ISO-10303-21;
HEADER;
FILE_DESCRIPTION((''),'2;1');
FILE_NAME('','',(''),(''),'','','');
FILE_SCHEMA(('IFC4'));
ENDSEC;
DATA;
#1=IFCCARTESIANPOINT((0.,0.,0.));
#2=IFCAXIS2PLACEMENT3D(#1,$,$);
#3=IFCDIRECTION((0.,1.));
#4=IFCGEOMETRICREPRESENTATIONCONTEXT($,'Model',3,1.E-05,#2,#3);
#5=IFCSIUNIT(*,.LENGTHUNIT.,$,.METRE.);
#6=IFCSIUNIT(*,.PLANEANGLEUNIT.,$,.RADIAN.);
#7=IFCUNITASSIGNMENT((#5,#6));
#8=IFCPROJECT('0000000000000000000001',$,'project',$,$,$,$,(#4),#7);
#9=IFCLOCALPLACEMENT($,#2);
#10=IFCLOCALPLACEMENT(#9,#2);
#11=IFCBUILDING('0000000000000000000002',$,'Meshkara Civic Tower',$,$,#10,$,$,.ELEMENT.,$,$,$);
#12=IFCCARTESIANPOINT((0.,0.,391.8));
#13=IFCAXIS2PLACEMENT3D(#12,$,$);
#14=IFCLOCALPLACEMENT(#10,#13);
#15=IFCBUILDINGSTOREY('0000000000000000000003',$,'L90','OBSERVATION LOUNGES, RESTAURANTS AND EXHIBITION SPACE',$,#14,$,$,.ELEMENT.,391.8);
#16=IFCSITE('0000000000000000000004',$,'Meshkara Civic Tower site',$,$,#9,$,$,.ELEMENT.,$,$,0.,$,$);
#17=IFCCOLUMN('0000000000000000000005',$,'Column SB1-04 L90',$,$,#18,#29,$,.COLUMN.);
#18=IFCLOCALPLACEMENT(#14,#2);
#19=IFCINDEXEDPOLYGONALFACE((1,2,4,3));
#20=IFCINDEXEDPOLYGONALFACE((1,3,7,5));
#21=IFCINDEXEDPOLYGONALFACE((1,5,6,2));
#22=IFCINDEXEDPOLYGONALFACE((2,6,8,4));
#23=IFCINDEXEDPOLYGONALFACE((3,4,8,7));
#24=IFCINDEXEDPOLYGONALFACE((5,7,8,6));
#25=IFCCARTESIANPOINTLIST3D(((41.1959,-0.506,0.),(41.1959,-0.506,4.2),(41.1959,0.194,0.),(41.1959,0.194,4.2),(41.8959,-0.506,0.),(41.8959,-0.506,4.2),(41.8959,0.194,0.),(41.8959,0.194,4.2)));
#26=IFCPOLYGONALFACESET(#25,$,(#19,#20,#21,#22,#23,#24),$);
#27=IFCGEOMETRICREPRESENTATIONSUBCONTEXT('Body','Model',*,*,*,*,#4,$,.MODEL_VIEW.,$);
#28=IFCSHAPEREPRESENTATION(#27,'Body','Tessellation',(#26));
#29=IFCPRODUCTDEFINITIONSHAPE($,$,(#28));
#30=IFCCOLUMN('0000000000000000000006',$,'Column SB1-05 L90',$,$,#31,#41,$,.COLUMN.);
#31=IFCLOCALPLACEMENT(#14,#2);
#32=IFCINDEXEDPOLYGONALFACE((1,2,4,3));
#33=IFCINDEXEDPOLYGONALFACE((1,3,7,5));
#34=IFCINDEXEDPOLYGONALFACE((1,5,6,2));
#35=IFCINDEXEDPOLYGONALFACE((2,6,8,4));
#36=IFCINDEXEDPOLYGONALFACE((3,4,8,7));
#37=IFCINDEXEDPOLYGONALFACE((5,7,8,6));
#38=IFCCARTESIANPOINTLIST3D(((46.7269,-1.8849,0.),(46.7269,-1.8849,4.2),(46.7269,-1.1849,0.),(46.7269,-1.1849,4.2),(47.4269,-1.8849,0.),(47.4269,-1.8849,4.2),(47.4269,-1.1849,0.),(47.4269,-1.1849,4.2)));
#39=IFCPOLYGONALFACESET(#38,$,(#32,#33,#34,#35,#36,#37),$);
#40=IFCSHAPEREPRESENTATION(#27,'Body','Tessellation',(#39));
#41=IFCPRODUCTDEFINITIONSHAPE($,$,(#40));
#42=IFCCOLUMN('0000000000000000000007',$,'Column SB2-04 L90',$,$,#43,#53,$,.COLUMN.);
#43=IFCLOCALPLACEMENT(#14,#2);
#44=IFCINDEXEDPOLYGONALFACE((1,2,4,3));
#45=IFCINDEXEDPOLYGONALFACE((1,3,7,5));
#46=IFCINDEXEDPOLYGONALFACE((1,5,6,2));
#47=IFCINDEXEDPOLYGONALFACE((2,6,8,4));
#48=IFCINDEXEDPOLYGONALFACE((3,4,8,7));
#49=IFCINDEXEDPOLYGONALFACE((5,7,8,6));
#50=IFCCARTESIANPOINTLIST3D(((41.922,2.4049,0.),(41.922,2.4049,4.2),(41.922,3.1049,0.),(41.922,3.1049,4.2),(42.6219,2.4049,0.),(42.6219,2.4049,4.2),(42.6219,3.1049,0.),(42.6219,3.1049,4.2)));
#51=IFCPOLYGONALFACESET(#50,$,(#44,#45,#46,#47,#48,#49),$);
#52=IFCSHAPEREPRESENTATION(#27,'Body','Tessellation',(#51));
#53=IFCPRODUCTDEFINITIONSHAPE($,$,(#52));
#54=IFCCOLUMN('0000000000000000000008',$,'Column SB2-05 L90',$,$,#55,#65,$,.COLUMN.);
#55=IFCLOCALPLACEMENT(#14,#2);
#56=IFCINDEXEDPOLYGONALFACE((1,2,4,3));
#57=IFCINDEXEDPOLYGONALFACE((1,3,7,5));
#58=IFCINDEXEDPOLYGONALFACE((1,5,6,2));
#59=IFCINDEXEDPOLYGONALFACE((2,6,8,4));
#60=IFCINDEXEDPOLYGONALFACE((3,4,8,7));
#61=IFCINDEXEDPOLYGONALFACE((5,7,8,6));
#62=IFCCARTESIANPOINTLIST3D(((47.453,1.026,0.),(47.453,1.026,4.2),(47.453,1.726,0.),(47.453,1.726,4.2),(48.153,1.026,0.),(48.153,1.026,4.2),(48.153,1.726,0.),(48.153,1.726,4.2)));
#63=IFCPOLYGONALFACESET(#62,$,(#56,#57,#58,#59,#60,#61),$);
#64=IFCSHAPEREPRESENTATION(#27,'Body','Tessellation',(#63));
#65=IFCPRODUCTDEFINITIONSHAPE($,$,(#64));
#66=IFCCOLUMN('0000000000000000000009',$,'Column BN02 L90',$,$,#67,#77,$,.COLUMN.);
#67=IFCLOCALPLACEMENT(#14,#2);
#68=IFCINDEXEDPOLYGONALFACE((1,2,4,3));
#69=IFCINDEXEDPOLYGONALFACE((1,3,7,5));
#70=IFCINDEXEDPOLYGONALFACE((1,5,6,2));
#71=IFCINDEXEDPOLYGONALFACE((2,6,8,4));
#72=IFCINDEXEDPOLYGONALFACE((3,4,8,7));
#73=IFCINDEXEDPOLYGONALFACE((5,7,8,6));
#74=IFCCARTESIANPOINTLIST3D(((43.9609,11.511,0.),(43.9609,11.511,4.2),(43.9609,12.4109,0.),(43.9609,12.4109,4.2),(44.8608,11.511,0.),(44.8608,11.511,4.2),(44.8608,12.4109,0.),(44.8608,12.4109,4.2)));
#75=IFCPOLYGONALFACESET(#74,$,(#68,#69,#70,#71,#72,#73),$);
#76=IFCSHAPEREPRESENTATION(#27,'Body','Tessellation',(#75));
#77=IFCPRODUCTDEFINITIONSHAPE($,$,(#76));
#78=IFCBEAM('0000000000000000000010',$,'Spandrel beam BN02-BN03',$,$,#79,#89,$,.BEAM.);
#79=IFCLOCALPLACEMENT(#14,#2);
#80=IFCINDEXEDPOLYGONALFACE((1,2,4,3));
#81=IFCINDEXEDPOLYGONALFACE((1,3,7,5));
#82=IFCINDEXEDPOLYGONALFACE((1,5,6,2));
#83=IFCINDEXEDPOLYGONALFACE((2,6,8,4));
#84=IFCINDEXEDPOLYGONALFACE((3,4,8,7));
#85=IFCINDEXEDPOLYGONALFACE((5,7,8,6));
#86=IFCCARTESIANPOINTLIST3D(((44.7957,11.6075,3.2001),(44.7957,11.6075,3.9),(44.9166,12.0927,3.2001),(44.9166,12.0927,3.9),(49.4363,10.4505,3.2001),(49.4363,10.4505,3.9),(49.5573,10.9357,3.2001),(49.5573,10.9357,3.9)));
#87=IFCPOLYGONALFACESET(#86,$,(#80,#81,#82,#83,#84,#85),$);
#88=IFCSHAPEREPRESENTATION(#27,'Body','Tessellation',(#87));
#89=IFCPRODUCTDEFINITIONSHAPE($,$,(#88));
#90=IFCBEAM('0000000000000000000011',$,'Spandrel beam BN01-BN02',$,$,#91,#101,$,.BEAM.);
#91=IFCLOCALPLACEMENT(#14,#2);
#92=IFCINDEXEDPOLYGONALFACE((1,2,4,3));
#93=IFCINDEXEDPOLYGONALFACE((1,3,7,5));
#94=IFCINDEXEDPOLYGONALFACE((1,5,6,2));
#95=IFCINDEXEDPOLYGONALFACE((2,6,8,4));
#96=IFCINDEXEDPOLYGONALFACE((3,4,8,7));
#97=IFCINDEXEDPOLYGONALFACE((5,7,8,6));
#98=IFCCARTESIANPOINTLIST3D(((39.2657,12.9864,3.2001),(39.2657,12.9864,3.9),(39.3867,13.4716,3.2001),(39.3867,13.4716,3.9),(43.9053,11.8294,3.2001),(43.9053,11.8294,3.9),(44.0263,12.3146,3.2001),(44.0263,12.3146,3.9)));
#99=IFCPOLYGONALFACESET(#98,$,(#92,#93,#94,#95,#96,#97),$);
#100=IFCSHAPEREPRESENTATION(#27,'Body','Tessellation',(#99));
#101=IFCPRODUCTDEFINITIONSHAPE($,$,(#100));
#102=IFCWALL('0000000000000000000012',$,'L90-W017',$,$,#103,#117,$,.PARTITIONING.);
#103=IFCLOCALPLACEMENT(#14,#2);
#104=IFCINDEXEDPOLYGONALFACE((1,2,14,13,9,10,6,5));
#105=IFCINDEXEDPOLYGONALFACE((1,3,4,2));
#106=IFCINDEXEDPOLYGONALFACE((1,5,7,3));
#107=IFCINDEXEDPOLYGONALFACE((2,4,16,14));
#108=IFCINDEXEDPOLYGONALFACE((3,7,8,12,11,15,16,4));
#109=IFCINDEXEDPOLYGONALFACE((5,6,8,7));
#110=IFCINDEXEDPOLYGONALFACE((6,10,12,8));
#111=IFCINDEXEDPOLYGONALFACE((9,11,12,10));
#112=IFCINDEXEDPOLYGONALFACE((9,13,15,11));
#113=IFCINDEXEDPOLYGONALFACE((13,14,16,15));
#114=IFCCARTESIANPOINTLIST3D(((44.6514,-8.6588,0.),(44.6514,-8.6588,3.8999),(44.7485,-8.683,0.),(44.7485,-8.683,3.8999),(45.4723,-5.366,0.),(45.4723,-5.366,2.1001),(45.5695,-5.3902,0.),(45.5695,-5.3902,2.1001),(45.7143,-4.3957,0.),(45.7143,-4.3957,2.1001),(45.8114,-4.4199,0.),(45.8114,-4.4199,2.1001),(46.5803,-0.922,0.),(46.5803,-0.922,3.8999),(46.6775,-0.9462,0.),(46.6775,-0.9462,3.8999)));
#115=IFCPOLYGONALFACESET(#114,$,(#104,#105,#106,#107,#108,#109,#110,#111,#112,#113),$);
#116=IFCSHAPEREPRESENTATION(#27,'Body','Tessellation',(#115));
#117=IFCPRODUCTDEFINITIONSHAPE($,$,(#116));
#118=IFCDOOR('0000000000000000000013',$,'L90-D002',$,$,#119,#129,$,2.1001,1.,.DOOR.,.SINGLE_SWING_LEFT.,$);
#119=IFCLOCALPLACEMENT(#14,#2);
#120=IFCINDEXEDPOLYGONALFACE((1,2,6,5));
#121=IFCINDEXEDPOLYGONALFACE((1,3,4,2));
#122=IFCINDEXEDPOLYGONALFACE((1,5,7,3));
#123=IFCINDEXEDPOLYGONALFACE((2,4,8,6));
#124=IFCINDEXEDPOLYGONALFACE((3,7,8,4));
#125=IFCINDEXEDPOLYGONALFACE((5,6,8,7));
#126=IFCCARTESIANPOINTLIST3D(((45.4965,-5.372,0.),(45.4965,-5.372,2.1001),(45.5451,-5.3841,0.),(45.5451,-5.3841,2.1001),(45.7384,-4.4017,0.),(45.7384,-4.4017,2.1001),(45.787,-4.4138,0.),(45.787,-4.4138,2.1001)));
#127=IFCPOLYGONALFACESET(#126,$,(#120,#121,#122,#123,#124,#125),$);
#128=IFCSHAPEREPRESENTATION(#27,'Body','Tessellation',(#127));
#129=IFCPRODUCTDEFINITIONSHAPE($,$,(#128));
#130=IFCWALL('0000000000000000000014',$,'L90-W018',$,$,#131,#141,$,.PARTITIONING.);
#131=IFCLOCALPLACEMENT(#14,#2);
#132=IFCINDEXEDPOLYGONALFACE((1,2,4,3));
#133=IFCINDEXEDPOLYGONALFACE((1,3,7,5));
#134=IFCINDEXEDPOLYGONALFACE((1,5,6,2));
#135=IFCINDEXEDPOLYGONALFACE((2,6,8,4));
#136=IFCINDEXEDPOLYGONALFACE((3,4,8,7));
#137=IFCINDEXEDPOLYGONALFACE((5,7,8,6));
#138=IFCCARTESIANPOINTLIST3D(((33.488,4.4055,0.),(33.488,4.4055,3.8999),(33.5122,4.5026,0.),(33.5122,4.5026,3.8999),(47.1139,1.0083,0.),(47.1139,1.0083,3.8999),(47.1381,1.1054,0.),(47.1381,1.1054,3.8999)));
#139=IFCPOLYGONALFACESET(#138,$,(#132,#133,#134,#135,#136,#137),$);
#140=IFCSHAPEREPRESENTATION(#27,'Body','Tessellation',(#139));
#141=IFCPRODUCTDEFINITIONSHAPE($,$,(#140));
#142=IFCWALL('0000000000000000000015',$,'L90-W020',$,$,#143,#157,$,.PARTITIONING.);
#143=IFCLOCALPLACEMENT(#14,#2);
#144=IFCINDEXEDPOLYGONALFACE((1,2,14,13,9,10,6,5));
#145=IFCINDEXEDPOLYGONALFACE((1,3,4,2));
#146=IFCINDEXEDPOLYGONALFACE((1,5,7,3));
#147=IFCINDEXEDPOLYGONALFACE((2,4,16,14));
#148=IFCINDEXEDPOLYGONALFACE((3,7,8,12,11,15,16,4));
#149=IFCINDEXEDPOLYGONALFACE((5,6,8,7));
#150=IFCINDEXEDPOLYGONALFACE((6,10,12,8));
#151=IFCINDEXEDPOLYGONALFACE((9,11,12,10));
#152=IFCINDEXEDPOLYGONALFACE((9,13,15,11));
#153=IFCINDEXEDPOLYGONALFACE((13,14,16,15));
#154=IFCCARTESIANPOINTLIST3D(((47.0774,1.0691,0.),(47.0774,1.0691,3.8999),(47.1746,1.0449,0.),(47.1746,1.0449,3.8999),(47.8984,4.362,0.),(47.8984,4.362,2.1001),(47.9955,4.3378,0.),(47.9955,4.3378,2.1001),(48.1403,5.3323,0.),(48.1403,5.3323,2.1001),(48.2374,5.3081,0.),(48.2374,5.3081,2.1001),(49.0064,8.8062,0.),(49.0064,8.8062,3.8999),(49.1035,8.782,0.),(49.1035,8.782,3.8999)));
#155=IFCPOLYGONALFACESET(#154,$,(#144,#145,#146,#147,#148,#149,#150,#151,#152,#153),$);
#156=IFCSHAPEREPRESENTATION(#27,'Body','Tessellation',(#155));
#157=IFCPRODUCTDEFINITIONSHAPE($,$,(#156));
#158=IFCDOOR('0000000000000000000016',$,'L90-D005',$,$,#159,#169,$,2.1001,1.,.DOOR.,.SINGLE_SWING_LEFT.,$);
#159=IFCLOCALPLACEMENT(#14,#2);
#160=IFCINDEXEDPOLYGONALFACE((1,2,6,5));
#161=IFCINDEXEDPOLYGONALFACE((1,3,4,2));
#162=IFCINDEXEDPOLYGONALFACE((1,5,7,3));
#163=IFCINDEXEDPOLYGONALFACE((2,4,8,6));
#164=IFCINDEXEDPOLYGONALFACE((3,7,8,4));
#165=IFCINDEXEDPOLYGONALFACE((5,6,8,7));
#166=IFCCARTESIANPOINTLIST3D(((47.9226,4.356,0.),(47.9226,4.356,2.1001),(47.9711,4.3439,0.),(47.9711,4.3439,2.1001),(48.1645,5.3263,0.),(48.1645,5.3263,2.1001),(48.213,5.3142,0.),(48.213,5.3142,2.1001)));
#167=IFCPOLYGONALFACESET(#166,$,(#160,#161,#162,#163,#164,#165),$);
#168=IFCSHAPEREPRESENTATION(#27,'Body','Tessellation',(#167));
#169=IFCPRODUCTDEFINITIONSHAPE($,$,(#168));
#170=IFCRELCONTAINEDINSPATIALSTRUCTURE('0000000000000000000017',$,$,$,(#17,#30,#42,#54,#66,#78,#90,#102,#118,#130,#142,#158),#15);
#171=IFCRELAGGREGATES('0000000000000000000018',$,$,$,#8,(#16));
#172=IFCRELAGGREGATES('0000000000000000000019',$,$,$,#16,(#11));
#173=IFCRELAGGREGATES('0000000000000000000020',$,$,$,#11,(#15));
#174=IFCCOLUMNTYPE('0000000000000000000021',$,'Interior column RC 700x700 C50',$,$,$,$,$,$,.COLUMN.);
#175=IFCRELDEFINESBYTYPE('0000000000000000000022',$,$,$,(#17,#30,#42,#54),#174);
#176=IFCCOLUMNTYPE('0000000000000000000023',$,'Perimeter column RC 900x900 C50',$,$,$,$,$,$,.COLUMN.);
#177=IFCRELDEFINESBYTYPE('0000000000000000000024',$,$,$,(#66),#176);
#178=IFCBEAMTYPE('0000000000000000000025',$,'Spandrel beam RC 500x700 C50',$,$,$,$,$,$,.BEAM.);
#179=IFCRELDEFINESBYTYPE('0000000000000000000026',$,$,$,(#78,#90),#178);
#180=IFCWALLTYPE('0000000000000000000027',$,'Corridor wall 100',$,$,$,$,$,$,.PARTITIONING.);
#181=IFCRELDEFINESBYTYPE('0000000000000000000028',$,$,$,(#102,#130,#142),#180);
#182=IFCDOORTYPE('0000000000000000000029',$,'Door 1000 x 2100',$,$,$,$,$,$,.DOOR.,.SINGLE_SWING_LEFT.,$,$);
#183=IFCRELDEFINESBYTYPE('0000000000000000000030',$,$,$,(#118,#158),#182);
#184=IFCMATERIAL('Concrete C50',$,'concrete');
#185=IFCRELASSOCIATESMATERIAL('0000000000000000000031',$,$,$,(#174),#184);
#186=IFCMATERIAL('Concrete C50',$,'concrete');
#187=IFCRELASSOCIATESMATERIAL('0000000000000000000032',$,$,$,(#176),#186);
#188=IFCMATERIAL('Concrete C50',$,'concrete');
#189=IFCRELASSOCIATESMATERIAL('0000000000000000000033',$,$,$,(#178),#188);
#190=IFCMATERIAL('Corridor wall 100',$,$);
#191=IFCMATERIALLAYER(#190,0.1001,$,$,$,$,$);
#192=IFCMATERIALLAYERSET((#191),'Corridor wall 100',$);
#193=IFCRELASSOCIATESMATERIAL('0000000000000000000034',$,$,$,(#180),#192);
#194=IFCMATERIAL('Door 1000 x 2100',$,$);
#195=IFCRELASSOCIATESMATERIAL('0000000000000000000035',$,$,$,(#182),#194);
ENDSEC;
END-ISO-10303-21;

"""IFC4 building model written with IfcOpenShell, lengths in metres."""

from ifc_helpers import new_model, si_unit, direction, frame, frame_2d, origin, origin_2d, place, context, subcontext, project, spatial, rectangle, extrude, material, layer, layer_set, material_profile, profile_set, type_object, element, fill, save


model = new_model("IFC4")

# Units and contexts
model_context = context("Model", 3, precision=1e-05, world=origin(), true_north=direction((0.0, 1.0)))
body_context = subcontext(model_context, "Body", "Model", "MODEL_VIEW")
ifc_project = project(units=[si_unit("LENGTHUNIT", "METRE"), si_unit("PLANEANGLEUNIT", "RADIAN")], contexts=[model_context])

# Site, building, storey
site_placement = place(None, origin())
site = spatial("IfcSite", under=ifc_project, at=site_placement, Name="Meshkara Civic Tower site", CompositionType="ELEMENT", RefElevation=0.0)
building_placement = place(site_placement, origin())
building = spatial("IfcBuilding", under=site, at=building_placement, Name="Meshkara Civic Tower", CompositionType="ELEMENT")
storey_placement = place(building_placement, frame((0.0, 0.0, 391.8)))
storey = spatial("IfcBuildingStorey", under=building, at=storey_placement, Name="L90", Description="OBSERVATION LOUNGES, RESTAURANTS AND EXHIBITION SPACE", CompositionType="ELEMENT", Elevation=391.8)

# Columns
ifc_material_1 = material(Name="Concrete C50", Category="concrete")
ifc_material_profile_1 = material_profile(ifc_material_1, rectangle(XDim=0.7, YDim=0.7, at=origin_2d()))
ifc_profile_set_1 = profile_set([ifc_material_profile_1], Name="Concrete C50")
column_type_1 = type_object("IfcColumnType", Name="Interior column RC 700x700 C50", PredefinedType="COLUMN", material=ifc_profile_set_1)
for number, where, z_axis, x_axis, name in (
    (1, (41.5459, -0.156, 0.0), (0.0, 0.0, 1.0), (1.0, 0.0, 0.0), "Column SB1-04 L90"),
    (2, (47.0769, -1.5349, 0.0), (0.0, 0.0, 1.0), (1.0, 0.0, 0.0), "Column SB1-05 L90"),
    (3, (42.272, 2.7549, 0.0), (0.0, 0.0, 1.0), (1.0, 0.0, 0.0), "Column SB2-04 L90"),
    (4, (47.803, 1.376, 0.0), (0.0, 0.0, 1.0), (1.0, 0.0, 0.0), "Column SB2-05 L90"),
):
    element("IfcColumn", number, at=place(storey_placement, frame(where, z_axis=z_axis, x_axis=x_axis)), inside=storey, type_object=column_type_1, Name=name, PredefinedType="COLUMN", context=body_context, shape_type="SweptSolid", body=[
        extrude(rectangle(XDim=0.7, YDim=0.7, at=origin_2d()), origin(), (0.0, 0.0, 1.0), 4.2),
    ])
ifc_material_2 = material(Name="Concrete C50", Category="concrete")
ifc_material_profile_2 = material_profile(ifc_material_2, rectangle(XDim=0.8999, YDim=0.8999, at=origin_2d()))
ifc_profile_set_2 = profile_set([ifc_material_profile_2], Name="Concrete C50")
column_type_2 = type_object("IfcColumnType", Name="Perimeter column RC 900x900 C50", PredefinedType="COLUMN", material=ifc_profile_set_2)
column_placement = place(storey_placement, frame((44.4109, 11.9609, 0.0), z_axis=(0.0, 0.0, 1.0), x_axis=(1.0, 0.0, 0.0)))
element("IfcColumn", 5, at=column_placement, inside=storey, type_object=column_type_2, Name="Column BN02 L90", PredefinedType="COLUMN", context=body_context, shape_type="SweptSolid", body=[
    extrude(rectangle(XDim=0.8999, YDim=0.8999, at=origin_2d()), origin(), (0.0, 0.0, 1.0), 4.2),
])

# Beams
ifc_material_3 = material(Name="Concrete C50", Category="concrete")
ifc_material_profile_3 = material_profile(ifc_material_3, rectangle(XDim=0.5, YDim=0.7, at=origin_2d()))
ifc_profile_set_3 = profile_set([ifc_material_profile_3], Name="Concrete C50")
beam_type = type_object("IfcBeamType", Name="Spandrel beam RC 500x700 C50", PredefinedType="BEAM", material=ifc_profile_set_3)
beam_1_placement = place(storey_placement, frame((49.4968, 10.6931, 3.55), z_axis=(-0.970298, 0.241911, 0.0), x_axis=(-0.241911, -0.970298, 0.0)))
element("IfcBeam", 6, at=beam_1_placement, inside=storey, type_object=beam_type, Name="Spandrel beam BN02-BN03", PredefinedType="BEAM", context=body_context, shape_type="SweptSolid", body=[
    extrude(rectangle(XDim=0.5, YDim=0.7, at=origin_2d()), origin(), (0.0, 0.0, 1.0), 4.7827),
])
beam_2_placement = place(storey_placement, frame((43.9658, 12.072, 3.55), z_axis=(-0.970286, 0.241959, 0.0), x_axis=(-0.241959, -0.970286, 0.0)))
element("IfcBeam", 7, at=beam_2_placement, inside=storey, type_object=beam_type, Name="Spandrel beam BN01-BN02", PredefinedType="BEAM", context=body_context, shape_type="SweptSolid", body=[
    extrude(rectangle(XDim=0.5, YDim=0.7, at=origin_2d()), origin(), (0.0, 0.0, 1.0), 4.7817),
])

# Wall, opening, door
ifc_material_4 = material(Name="Corridor wall 100")
ifc_layer_1 = layer(ifc_material_4, 0.1001)
ifc_layer_set_1 = layer_set([ifc_layer_1], Name="Corridor wall 100")
wall_type_1 = type_object("IfcWallType", Name="Corridor wall 100", PredefinedType="PARTITIONING", material=ifc_layer_set_1)
wall_1_placement = place(storey_placement, frame((46.6289, -0.9341, 0.0), z_axis=(0.0, 0.0, 1.0), x_axis=(-0.241916, -0.970297, 0.0)))
wall_1 = element("IfcWall", 8, at=wall_1_placement, inside=storey, type_object=wall_type_1, Name="L90-W017", PredefinedType="PARTITIONING", context=body_context, shape_type="SweptSolid", body=[
    extrude(rectangle(XDim=7.9736, YDim=0.1001, at=frame_2d((3.9868, 0.0))), origin(), (0.0, 0.0, 1.0), 3.8999),
])
opening_1_placement = place(wall_1_placement, frame((3.5801, 0.0, 0.0)))
opening_1 = element("IfcOpeningElement", 9, at=opening_1_placement, cuts=wall_1, PredefinedType="OPENING", context=body_context, shape_type="SweptSolid", body=[
    extrude(rectangle(XDim=1.0, YDim=2.1001, at=frame_2d((0.5, 1.05))), frame((0.0, 0.0601, 0.0), z_axis=(0.0, -1.0, 0.0), x_axis=(1.0, 0.0, 0.0)), (0.0, 0.0, 1.0), 0.1201),
])
ifc_material_5 = material(Name="Door 1000 x 2100")
door_type_1 = type_object("IfcDoorType", Name="Door 1000 x 2100", OperationType="SINGLE_SWING_LEFT", PredefinedType="DOOR", material=ifc_material_5)
door_1_placement = place(opening_1_placement, origin())
door_1 = element("IfcDoor", 10, at=door_1_placement, inside=storey, type_object=door_type_1, Name="L90-D002", OperationType="SINGLE_SWING_LEFT", OverallHeight=2.1001, OverallWidth=1.0, PredefinedType="DOOR", context=body_context, shape_type="SweptSolid", body=[
    extrude(rectangle(XDim=1.0, YDim=2.1001, at=frame_2d((0.5, 1.05))), frame((0.0, 0.0249, 0.0), z_axis=(0.0, -1.0, 0.0), x_axis=(1.0, 0.0, 0.0)), (0.0, 0.0, 1.0), 0.05),
])
fill(opening_1, door_1)

# Wall
wall_2_placement = place(storey_placement, frame((47.126, 1.0569, 0.0), z_axis=(0.0, 0.0, 1.0), x_axis=(-0.970298, 0.241914, 0.0)))
element("IfcWall", 11, at=wall_2_placement, inside=storey, type_object=wall_type_1, Name="L90-W018", PredefinedType="PARTITIONING", context=body_context, shape_type="SweptSolid", body=[
    extrude(rectangle(XDim=14.043, YDim=0.1001, at=frame_2d((7.0215, 0.0))), origin(), (0.0, 0.0, 1.0), 3.8999),
])

# Wall, opening, door
wall_3_placement = place(storey_placement, frame((49.0549, 8.7939, 0.0), z_axis=(0.0, 0.0, 1.0), x_axis=(-0.241909, -0.970299, 0.0)))
wall_3 = element("IfcWall", 12, at=wall_3_placement, inside=storey, type_object=wall_type_1, Name="L90-W020", PredefinedType="PARTITIONING", context=body_context, shape_type="SweptSolid", body=[
    extrude(rectangle(XDim=7.9739, YDim=0.1001, at=frame_2d((3.9868, 0.0))), origin(), (0.0, 0.0, 1.0), 3.8999),
])
opening_2_placement = place(wall_3_placement, frame((3.5801, 0.0, 0.0)))
opening_2 = element("IfcOpeningElement", 13, at=opening_2_placement, cuts=wall_3, PredefinedType="OPENING", context=body_context, shape_type="SweptSolid", body=[
    extrude(rectangle(XDim=1.0, YDim=2.1001, at=frame_2d((0.5, 1.05))), frame((0.0, 0.0601, 0.0), z_axis=(0.0, -1.0, 0.0), x_axis=(1.0, 0.0, 0.0)), (0.0, 0.0, 1.0), 0.1201),
])
door_2_placement = place(opening_2_placement, origin())
door_2 = element("IfcDoor", 14, at=door_2_placement, inside=storey, type_object=door_type_1, Name="L90-D005", OperationType="SINGLE_SWING_LEFT", OverallHeight=2.1001, OverallWidth=1.0, PredefinedType="DOOR", context=body_context, shape_type="SweptSolid", body=[
    extrude(rectangle(XDim=1.0, YDim=2.1001, at=frame_2d((0.5, 1.05))), frame((0.0, 0.0249, 0.0), z_axis=(0.0, -1.0, 0.0), x_axis=(1.0, 0.0, 0.0)), (0.0, 0.0, 1.0), 0.05),
])
fill(opening_2, door_2)

save(model, "model.ifc")
